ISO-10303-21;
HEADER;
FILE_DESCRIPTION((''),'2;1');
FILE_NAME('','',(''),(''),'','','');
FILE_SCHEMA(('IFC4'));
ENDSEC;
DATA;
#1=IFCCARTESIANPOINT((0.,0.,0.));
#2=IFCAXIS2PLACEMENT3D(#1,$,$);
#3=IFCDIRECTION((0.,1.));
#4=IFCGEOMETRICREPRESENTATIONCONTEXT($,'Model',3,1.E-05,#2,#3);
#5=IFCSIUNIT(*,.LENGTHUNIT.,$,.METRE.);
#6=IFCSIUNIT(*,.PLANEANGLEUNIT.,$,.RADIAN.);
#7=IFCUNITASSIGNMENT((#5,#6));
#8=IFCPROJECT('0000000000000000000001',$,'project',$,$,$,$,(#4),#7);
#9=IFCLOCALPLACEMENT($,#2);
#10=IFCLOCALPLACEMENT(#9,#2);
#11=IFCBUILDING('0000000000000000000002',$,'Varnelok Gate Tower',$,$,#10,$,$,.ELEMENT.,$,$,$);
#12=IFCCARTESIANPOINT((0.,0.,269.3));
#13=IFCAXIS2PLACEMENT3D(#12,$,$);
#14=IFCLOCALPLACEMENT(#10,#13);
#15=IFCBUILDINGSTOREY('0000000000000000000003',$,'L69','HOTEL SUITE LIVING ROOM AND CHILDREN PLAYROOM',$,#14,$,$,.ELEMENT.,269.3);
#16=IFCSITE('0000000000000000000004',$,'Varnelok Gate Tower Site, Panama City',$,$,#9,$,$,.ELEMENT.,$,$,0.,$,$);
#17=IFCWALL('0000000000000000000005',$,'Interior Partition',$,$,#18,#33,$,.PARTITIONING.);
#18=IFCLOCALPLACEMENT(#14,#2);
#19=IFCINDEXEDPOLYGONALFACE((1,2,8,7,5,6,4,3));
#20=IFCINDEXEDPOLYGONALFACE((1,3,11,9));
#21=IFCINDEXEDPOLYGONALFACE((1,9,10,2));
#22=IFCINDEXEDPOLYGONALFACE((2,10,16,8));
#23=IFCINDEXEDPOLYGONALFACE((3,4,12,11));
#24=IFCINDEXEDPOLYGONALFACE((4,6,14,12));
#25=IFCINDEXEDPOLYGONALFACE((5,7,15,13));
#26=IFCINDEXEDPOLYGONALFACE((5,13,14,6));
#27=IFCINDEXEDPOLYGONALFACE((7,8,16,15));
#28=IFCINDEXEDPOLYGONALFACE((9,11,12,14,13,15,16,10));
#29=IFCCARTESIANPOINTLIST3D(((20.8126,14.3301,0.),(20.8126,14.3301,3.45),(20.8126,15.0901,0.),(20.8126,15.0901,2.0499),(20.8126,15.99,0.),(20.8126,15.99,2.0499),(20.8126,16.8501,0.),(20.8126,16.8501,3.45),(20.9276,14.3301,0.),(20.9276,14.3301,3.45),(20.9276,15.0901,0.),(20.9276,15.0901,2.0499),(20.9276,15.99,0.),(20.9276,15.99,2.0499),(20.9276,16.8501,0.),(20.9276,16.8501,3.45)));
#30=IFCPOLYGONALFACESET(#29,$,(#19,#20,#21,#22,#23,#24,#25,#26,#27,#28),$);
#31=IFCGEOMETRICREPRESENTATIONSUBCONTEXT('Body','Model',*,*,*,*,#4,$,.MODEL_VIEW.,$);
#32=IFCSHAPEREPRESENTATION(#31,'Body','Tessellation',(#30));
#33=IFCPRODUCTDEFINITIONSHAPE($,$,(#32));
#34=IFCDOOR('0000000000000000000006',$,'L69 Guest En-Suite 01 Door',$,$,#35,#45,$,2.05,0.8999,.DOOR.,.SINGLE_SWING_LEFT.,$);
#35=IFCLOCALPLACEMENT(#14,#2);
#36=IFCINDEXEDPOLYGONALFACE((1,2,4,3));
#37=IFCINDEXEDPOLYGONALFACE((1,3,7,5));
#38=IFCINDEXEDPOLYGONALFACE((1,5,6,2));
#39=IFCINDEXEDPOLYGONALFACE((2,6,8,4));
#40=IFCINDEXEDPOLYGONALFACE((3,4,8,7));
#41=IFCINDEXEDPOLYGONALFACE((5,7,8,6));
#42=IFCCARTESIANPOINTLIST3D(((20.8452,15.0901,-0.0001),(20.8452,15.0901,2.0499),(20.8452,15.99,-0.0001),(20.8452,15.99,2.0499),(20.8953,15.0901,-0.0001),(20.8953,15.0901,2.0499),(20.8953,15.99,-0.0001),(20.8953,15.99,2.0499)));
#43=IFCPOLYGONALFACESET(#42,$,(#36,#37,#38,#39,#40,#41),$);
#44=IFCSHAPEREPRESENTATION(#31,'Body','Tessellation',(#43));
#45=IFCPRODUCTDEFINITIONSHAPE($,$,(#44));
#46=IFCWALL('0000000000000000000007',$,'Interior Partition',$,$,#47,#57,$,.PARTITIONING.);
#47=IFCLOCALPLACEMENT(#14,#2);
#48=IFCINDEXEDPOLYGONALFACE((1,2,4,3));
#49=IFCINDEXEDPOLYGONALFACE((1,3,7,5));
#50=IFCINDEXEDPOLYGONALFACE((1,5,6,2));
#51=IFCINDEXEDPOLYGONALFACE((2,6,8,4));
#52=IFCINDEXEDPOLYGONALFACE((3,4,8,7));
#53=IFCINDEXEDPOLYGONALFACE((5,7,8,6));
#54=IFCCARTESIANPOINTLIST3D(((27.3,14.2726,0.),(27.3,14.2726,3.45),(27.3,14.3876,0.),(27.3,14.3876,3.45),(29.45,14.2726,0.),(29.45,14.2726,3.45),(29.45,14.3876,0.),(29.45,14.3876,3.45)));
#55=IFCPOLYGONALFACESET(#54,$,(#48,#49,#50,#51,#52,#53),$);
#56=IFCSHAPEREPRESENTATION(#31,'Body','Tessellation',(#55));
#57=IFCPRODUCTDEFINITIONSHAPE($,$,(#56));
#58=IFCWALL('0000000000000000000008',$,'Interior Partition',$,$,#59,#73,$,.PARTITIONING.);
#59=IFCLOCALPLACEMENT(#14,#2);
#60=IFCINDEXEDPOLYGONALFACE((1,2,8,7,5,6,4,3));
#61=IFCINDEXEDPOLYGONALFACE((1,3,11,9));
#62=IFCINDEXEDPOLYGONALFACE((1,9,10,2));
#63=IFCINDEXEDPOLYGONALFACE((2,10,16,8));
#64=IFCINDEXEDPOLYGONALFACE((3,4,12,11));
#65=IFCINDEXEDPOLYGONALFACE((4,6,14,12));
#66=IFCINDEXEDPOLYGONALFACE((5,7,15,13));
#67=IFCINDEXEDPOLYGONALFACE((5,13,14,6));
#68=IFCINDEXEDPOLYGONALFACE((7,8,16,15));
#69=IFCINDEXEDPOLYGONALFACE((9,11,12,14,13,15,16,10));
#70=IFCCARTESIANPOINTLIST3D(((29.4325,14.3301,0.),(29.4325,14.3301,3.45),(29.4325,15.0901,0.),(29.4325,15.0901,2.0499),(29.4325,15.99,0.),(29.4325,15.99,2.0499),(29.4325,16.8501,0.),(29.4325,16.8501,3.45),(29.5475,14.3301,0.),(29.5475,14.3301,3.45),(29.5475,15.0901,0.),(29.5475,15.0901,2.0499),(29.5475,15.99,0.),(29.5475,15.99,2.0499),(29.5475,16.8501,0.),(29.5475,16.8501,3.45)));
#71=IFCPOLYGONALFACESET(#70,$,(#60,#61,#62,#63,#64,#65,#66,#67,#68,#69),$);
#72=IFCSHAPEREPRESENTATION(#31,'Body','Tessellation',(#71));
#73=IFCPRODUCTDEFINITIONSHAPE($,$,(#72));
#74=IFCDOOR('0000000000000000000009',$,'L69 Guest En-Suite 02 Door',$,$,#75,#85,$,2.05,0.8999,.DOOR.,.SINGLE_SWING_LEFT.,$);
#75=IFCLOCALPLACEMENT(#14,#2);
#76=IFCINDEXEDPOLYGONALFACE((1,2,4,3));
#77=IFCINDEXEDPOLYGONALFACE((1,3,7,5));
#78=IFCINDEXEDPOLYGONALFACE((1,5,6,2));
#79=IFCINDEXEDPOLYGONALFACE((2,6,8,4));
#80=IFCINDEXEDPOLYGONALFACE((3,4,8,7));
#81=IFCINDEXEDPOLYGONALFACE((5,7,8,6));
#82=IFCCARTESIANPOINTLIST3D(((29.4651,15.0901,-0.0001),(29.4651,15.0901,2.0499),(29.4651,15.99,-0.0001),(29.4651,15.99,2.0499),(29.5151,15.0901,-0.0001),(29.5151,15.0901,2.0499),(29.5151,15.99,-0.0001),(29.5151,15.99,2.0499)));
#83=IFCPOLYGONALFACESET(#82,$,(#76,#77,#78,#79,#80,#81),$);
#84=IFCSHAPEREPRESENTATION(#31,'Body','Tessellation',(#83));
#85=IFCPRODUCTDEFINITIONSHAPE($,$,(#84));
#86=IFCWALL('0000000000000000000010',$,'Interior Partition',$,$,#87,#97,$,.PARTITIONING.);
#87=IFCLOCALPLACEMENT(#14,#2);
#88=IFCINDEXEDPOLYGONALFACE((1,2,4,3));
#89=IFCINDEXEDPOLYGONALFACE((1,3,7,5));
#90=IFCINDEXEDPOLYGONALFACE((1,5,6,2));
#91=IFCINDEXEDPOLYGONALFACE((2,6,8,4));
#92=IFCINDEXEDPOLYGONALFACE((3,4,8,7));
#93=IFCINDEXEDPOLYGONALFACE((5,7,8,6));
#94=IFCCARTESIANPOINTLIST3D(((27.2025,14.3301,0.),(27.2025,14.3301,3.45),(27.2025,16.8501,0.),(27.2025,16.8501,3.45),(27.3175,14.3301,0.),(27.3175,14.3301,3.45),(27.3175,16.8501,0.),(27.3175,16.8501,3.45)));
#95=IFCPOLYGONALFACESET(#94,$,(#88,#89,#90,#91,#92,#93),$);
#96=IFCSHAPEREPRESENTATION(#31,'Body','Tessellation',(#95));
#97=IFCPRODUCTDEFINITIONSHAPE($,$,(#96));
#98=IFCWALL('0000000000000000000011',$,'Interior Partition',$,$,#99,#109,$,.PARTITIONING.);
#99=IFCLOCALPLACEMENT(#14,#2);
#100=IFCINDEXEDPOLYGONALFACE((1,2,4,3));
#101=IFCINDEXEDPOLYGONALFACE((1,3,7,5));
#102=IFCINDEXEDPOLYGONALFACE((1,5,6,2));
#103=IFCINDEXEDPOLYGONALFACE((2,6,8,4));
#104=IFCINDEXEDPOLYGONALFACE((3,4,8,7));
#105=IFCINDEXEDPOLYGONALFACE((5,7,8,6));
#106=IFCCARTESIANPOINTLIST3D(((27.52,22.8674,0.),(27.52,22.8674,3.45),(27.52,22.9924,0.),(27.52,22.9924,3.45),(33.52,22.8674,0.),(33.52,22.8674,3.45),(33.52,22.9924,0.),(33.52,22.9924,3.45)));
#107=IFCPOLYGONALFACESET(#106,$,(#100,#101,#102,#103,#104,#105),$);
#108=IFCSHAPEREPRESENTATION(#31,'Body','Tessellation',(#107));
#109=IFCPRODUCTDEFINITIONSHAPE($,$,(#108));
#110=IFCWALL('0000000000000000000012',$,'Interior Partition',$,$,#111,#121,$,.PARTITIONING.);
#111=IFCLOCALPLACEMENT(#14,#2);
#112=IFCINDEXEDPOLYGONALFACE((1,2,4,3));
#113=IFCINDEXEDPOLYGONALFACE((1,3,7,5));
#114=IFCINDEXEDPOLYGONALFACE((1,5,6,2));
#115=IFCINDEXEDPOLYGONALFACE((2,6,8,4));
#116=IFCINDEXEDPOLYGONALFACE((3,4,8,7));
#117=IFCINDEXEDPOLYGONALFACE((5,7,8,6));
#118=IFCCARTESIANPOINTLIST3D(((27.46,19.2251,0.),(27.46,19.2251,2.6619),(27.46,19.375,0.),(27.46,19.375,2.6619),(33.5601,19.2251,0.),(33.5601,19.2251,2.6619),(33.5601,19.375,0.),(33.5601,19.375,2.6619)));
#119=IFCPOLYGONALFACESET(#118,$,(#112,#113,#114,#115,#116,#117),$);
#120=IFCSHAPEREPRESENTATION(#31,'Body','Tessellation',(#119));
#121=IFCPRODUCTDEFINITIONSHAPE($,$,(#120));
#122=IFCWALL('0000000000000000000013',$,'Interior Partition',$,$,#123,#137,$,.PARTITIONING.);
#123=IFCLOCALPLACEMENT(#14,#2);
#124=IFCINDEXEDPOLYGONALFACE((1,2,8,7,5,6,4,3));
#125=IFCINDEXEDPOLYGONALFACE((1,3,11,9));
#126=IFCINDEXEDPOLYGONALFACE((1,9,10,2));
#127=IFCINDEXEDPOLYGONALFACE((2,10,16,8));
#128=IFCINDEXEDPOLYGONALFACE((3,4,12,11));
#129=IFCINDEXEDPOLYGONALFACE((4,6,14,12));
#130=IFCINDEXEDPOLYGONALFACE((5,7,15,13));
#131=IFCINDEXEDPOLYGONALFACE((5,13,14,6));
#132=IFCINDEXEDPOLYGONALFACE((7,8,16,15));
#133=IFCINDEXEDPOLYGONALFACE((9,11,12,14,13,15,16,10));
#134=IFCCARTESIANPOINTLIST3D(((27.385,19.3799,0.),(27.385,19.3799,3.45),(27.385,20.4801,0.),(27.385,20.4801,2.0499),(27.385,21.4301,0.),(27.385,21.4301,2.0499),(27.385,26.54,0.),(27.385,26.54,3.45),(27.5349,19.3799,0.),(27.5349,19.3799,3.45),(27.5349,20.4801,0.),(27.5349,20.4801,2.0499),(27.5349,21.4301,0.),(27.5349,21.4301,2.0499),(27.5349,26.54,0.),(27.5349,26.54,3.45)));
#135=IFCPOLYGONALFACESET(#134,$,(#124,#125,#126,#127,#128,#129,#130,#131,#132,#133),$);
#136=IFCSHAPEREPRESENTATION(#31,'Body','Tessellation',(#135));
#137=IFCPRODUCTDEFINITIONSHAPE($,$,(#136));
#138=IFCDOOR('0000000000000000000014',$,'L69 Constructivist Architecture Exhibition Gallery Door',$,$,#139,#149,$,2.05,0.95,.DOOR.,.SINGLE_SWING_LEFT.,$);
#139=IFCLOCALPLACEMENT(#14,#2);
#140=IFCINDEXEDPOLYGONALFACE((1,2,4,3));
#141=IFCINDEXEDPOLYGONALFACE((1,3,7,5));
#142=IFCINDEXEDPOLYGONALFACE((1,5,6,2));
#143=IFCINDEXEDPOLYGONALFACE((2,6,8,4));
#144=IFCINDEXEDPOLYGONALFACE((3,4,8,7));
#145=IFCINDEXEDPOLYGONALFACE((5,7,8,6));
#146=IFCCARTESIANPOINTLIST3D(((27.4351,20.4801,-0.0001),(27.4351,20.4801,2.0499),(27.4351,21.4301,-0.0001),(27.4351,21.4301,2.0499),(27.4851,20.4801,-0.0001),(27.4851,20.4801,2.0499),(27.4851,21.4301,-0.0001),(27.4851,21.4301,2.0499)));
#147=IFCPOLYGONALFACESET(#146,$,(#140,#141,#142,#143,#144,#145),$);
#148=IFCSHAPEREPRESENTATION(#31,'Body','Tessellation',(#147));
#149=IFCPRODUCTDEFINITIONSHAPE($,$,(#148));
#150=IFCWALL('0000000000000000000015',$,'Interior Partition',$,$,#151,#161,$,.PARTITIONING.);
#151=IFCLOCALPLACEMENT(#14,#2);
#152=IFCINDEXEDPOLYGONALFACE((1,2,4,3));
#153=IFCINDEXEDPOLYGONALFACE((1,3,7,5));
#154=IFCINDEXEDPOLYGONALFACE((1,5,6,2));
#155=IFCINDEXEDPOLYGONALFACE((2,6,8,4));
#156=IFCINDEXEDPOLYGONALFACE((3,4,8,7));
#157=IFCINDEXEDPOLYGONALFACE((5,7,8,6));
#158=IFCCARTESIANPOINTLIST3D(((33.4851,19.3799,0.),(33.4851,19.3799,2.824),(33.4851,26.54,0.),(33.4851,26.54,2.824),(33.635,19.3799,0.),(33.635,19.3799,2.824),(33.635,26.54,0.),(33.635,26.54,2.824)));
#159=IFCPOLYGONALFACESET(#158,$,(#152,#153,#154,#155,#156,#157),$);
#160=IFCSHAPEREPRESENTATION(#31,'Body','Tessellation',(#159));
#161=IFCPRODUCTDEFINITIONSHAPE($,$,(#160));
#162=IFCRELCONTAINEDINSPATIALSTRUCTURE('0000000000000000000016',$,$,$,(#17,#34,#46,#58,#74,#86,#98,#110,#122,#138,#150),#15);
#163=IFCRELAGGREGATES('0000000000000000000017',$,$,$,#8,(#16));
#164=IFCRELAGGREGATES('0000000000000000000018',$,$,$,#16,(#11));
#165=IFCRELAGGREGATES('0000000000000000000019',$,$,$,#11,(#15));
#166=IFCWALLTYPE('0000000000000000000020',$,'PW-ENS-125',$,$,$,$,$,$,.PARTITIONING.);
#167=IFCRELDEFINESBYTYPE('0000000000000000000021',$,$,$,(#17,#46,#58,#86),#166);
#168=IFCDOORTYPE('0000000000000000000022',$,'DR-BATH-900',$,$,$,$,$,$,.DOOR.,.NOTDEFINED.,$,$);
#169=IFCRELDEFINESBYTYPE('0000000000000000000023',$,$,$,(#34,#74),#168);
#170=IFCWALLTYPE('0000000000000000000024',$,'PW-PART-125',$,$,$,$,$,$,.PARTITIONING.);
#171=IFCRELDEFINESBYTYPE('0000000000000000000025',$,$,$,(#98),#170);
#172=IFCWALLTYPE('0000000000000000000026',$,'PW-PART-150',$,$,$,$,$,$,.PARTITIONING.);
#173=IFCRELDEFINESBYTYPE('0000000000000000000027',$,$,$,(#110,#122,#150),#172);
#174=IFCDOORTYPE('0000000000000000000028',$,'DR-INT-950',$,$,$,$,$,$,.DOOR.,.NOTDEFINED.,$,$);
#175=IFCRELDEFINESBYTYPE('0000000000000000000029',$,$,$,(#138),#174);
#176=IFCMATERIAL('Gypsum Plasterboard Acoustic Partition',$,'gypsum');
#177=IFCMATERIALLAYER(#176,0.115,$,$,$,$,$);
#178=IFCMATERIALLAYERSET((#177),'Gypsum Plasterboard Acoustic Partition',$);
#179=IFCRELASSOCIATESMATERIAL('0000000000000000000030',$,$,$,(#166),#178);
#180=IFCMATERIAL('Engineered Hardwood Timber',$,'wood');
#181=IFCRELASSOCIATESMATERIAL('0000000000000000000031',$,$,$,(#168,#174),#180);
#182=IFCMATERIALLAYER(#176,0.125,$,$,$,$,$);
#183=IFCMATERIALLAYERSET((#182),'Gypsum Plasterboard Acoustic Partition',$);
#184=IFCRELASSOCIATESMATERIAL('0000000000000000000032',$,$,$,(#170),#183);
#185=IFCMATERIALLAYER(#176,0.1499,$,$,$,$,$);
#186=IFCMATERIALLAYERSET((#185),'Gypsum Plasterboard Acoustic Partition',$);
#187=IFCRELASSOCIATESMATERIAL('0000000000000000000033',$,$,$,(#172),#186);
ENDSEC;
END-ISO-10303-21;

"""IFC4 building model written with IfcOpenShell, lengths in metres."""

from ifc_helpers import new_model, si_unit, direction, frame, frame_2d, origin, place, context, subcontext, project, spatial, rectangle, extrude, material, layer, layer_set, type_object, element, fill, save


model = new_model("IFC4")

# Units and contexts
model_context = context("Model", 3, precision=1e-05, world=origin(), true_north=direction((0.0, 1.0)))
body_context = subcontext(model_context, "Body", "Model", "MODEL_VIEW")
ifc_project = project(units=[si_unit("LENGTHUNIT", "METRE"), si_unit("PLANEANGLEUNIT", "RADIAN")], contexts=[model_context])

# Site, building, storey
site_placement = place(None, origin())
site = spatial("IfcSite", under=ifc_project, at=site_placement, Name="Varnelok Gate Tower Site, Panama City", CompositionType="ELEMENT", RefElevation=0.0)
building_placement = place(site_placement, origin())
building = spatial("IfcBuilding", under=site, at=building_placement, Name="Varnelok Gate Tower", CompositionType="ELEMENT")
storey_placement = place(building_placement, frame((0.0, 0.0, 269.3)))
storey = spatial("IfcBuildingStorey", under=building, at=storey_placement, Name="L69", Description="HOTEL SUITE LIVING ROOM AND CHILDREN PLAYROOM", CompositionType="ELEMENT", Elevation=269.3)

# Shared definitions
ifc_material_1 = material(Name="Gypsum Plasterboard Acoustic Partition", Category="gypsum")
ifc_material_2 = material(Name="Engineered Hardwood Timber", Category="wood")

# Shared definitions
ifc_layer_1 = layer(ifc_material_1, 0.115)
ifc_layer_set_1 = layer_set([ifc_layer_1], Name="Gypsum Plasterboard Acoustic Partition")
wall_type_1 = type_object("IfcWallType", Name="PW-ENS-125", PredefinedType="PARTITIONING", material=ifc_layer_set_1)

# Wall, opening, door
wall_1_placement = place(storey_placement, frame((20.8701, 14.3301, 0.0), z_axis=(0.0, 0.0, 1.0), x_axis=(0.0, 1.0, 0.0)))
wall_1 = element("IfcWall", 1, at=wall_1_placement, inside=storey, type_object=wall_type_1, Name="Interior Partition", PredefinedType="PARTITIONING", context=body_context, shape_type="SweptSolid", body=[
    extrude(rectangle(XDim=2.52, YDim=0.115, at=frame_2d((1.26, 0.0))), origin(), (0.0, 0.0, 1.0), 3.45),
])
opening_1_placement = place(wall_1_placement, frame((0.76, 0.0, 0.0)))
opening_1 = element("IfcOpeningElement", 2, at=opening_1_placement, cuts=wall_1, PredefinedType="OPENING", context=body_context, shape_type="SweptSolid", body=[
    extrude(rectangle(XDim=0.8999, YDim=2.05, at=frame_2d((0.45, 1.0249))), frame((0.0, 0.0674, 0.0), z_axis=(0.0, -1.0, 0.0), x_axis=(1.0, 0.0, 0.0)), (0.0, 0.0, 1.0), 0.135),
])
door_type_1 = type_object("IfcDoorType", Name="DR-BATH-900", OperationType="NOTDEFINED", PredefinedType="DOOR", material=ifc_material_2)
door_1_placement = place(opening_1_placement, origin())
door_1 = element("IfcDoor", 3, at=door_1_placement, inside=storey, type_object=door_type_1, Name="L69 Guest En-Suite 01 Door", OperationType="SINGLE_SWING_LEFT", OverallHeight=2.05, OverallWidth=0.8999, PredefinedType="DOOR", context=body_context, shape_type="SweptSolid", body=[
    extrude(rectangle(XDim=0.8999, YDim=2.05, at=frame_2d((0.45, 1.0249))), frame((0.0, 0.0249, 0.0), z_axis=(0.0, -1.0, 0.0), x_axis=(1.0, 0.0, 0.0)), (0.0, 0.0, 1.0), 0.05),
])
fill(opening_1, door_1)

# Wall
wall_2_placement = place(storey_placement, frame((27.3, 14.3301, 0.0), z_axis=(0.0, 0.0, 1.0), x_axis=(1.0, 0.0, 0.0)))
element("IfcWall", 4, at=wall_2_placement, inside=storey, type_object=wall_type_1, Name="Interior Partition", PredefinedType="PARTITIONING", context=body_context, shape_type="SweptSolid", body=[
    extrude(rectangle(XDim=2.1499, YDim=0.115, at=frame_2d((1.075, 0.0))), origin(), (0.0, 0.0, 1.0), 3.45),
])

# Wall, opening, door
wall_3_placement = place(storey_placement, frame((29.49, 14.3301, 0.0), z_axis=(0.0, 0.0, 1.0), x_axis=(0.0, 1.0, 0.0)))
wall_3 = element("IfcWall", 5, at=wall_3_placement, inside=storey, type_object=wall_type_1, Name="Interior Partition", PredefinedType="PARTITIONING", context=body_context, shape_type="SweptSolid", body=[
    extrude(rectangle(XDim=2.52, YDim=0.115, at=frame_2d((1.26, 0.0))), origin(), (0.0, 0.0, 1.0), 3.45),
])
opening_2_placement = place(wall_3_placement, frame((0.76, 0.0, 0.0)))
opening_2 = element("IfcOpeningElement", 6, at=opening_2_placement, cuts=wall_3, PredefinedType="OPENING", context=body_context, shape_type="SweptSolid", body=[
    extrude(rectangle(XDim=0.8999, YDim=2.05, at=frame_2d((0.45, 1.0249))), frame((0.0, 0.0674, 0.0), z_axis=(0.0, -1.0, 0.0), x_axis=(1.0, 0.0, 0.0)), (0.0, 0.0, 1.0), 0.135),
])
door_2_placement = place(opening_2_placement, origin())
door_2 = element("IfcDoor", 7, at=door_2_placement, inside=storey, type_object=door_type_1, Name="L69 Guest En-Suite 02 Door", OperationType="SINGLE_SWING_LEFT", OverallHeight=2.05, OverallWidth=0.8999, PredefinedType="DOOR", context=body_context, shape_type="SweptSolid", body=[
    extrude(rectangle(XDim=0.8999, YDim=2.05, at=frame_2d((0.45, 1.0249))), frame((0.0, 0.0249, 0.0), z_axis=(0.0, -1.0, 0.0), x_axis=(1.0, 0.0, 0.0)), (0.0, 0.0, 1.0), 0.05),
])
fill(opening_2, door_2)

# Walls
wall_4_placement = place(storey_placement, frame((27.26, 14.3301, 0.0), z_axis=(0.0, 0.0, 1.0), x_axis=(0.0, 1.0, 0.0)))
element("IfcWall", 8, at=wall_4_placement, inside=storey, type_object=wall_type_1, Name="Interior Partition", PredefinedType="PARTITIONING", context=body_context, shape_type="SweptSolid", body=[
    extrude(rectangle(XDim=2.52, YDim=0.115, at=frame_2d((1.26, 0.0))), origin(), (0.0, 0.0, 1.0), 3.45),
])
ifc_layer_2 = layer(ifc_material_1, 0.125)
ifc_layer_set_2 = layer_set([ifc_layer_2], Name="Gypsum Plasterboard Acoustic Partition")
wall_type_2 = type_object("IfcWallType", Name="PW-PART-125", PredefinedType="PARTITIONING", material=ifc_layer_set_2)
wall_5_placement = place(storey_placement, frame((27.52, 22.9299, 0.0), z_axis=(0.0, 0.0, 1.0), x_axis=(1.0, 0.0, 0.0)))
element("IfcWall", 9, at=wall_5_placement, inside=storey, type_object=wall_type_2, Name="Interior Partition", PredefinedType="PARTITIONING", context=body_context, shape_type="SweptSolid", body=[
    extrude(rectangle(XDim=6.0, YDim=0.125, at=frame_2d((3.0, 0.0))), origin(), (0.0, 0.0, 1.0), 3.45),
])
ifc_layer_3 = layer(ifc_material_1, 0.1499)
ifc_layer_set_3 = layer_set([ifc_layer_3], Name="Gypsum Plasterboard Acoustic Partition")
wall_type_3 = type_object("IfcWallType", Name="PW-PART-150", PredefinedType="PARTITIONING", material=ifc_layer_set_3)
wall_6_placement = place(storey_placement, frame((27.46, 19.3, 0.0), z_axis=(0.0, 0.0, 1.0), x_axis=(1.0, 0.0, 0.0)))
element("IfcWall", 10, at=wall_6_placement, inside=storey, type_object=wall_type_3, Name="Interior Partition", PredefinedType="PARTITIONING", context=body_context, shape_type="SweptSolid", body=[
    extrude(rectangle(XDim=6.1001, YDim=0.1499, at=frame_2d((3.05, 0.0))), origin(), (0.0, 0.0, 1.0), 2.6619),
])

# Wall, opening, door
wall_7_placement = place(storey_placement, frame((27.46, 19.3799, 0.0), z_axis=(0.0, 0.0, 1.0), x_axis=(0.0, 1.0, 0.0)))
wall_7 = element("IfcWall", 11, at=wall_7_placement, inside=storey, type_object=wall_type_3, Name="Interior Partition", PredefinedType="PARTITIONING", context=body_context, shape_type="SweptSolid", body=[
    extrude(rectangle(XDim=7.1602, YDim=0.1499, at=frame_2d((3.5801, 0.0))), origin(), (0.0, 0.0, 1.0), 3.45),
])
opening_3_placement = place(wall_7_placement, frame((1.1001, 0.0, 0.0)))
opening_3 = element("IfcOpeningElement", 12, at=opening_3_placement, cuts=wall_7, PredefinedType="OPENING", context=body_context, shape_type="SweptSolid", body=[
    extrude(rectangle(XDim=0.95, YDim=2.05, at=frame_2d((0.4751, 1.0249))), frame((0.0, 0.085, 0.0), z_axis=(0.0, -1.0, 0.0), x_axis=(1.0, 0.0, 0.0)), (0.0, 0.0, 1.0), 0.1699),
])
door_type_2 = type_object("IfcDoorType", Name="DR-INT-950", OperationType="NOTDEFINED", PredefinedType="DOOR", material=ifc_material_2)
door_3_placement = place(opening_3_placement, origin())
door_3 = element("IfcDoor", 13, at=door_3_placement, inside=storey, type_object=door_type_2, Name="L69 Constructivist Architecture Exhibition Gallery Door", OperationType="SINGLE_SWING_LEFT", OverallHeight=2.05, OverallWidth=0.95, PredefinedType="DOOR", context=body_context, shape_type="SweptSolid", body=[
    extrude(rectangle(XDim=0.95, YDim=2.05, at=frame_2d((0.4751, 1.0249))), frame((0.0, 0.0249, 0.0), z_axis=(0.0, -1.0, 0.0), x_axis=(1.0, 0.0, 0.0)), (0.0, 0.0, 1.0), 0.05),
])
fill(opening_3, door_3)

# Wall
wall_8_placement = place(storey_placement, frame((33.5601, 19.3799, 0.0), z_axis=(0.0, 0.0, 1.0), x_axis=(0.0, 1.0, 0.0)))
element("IfcWall", 14, at=wall_8_placement, inside=storey, type_object=wall_type_3, Name="Interior Partition", PredefinedType="PARTITIONING", context=body_context, shape_type="SweptSolid", body=[
    extrude(rectangle(XDim=7.1602, YDim=0.1499, at=frame_2d((3.5801, 0.0))), origin(), (0.0, 0.0, 1.0), 2.824),
])

save(model, "model.ifc")
